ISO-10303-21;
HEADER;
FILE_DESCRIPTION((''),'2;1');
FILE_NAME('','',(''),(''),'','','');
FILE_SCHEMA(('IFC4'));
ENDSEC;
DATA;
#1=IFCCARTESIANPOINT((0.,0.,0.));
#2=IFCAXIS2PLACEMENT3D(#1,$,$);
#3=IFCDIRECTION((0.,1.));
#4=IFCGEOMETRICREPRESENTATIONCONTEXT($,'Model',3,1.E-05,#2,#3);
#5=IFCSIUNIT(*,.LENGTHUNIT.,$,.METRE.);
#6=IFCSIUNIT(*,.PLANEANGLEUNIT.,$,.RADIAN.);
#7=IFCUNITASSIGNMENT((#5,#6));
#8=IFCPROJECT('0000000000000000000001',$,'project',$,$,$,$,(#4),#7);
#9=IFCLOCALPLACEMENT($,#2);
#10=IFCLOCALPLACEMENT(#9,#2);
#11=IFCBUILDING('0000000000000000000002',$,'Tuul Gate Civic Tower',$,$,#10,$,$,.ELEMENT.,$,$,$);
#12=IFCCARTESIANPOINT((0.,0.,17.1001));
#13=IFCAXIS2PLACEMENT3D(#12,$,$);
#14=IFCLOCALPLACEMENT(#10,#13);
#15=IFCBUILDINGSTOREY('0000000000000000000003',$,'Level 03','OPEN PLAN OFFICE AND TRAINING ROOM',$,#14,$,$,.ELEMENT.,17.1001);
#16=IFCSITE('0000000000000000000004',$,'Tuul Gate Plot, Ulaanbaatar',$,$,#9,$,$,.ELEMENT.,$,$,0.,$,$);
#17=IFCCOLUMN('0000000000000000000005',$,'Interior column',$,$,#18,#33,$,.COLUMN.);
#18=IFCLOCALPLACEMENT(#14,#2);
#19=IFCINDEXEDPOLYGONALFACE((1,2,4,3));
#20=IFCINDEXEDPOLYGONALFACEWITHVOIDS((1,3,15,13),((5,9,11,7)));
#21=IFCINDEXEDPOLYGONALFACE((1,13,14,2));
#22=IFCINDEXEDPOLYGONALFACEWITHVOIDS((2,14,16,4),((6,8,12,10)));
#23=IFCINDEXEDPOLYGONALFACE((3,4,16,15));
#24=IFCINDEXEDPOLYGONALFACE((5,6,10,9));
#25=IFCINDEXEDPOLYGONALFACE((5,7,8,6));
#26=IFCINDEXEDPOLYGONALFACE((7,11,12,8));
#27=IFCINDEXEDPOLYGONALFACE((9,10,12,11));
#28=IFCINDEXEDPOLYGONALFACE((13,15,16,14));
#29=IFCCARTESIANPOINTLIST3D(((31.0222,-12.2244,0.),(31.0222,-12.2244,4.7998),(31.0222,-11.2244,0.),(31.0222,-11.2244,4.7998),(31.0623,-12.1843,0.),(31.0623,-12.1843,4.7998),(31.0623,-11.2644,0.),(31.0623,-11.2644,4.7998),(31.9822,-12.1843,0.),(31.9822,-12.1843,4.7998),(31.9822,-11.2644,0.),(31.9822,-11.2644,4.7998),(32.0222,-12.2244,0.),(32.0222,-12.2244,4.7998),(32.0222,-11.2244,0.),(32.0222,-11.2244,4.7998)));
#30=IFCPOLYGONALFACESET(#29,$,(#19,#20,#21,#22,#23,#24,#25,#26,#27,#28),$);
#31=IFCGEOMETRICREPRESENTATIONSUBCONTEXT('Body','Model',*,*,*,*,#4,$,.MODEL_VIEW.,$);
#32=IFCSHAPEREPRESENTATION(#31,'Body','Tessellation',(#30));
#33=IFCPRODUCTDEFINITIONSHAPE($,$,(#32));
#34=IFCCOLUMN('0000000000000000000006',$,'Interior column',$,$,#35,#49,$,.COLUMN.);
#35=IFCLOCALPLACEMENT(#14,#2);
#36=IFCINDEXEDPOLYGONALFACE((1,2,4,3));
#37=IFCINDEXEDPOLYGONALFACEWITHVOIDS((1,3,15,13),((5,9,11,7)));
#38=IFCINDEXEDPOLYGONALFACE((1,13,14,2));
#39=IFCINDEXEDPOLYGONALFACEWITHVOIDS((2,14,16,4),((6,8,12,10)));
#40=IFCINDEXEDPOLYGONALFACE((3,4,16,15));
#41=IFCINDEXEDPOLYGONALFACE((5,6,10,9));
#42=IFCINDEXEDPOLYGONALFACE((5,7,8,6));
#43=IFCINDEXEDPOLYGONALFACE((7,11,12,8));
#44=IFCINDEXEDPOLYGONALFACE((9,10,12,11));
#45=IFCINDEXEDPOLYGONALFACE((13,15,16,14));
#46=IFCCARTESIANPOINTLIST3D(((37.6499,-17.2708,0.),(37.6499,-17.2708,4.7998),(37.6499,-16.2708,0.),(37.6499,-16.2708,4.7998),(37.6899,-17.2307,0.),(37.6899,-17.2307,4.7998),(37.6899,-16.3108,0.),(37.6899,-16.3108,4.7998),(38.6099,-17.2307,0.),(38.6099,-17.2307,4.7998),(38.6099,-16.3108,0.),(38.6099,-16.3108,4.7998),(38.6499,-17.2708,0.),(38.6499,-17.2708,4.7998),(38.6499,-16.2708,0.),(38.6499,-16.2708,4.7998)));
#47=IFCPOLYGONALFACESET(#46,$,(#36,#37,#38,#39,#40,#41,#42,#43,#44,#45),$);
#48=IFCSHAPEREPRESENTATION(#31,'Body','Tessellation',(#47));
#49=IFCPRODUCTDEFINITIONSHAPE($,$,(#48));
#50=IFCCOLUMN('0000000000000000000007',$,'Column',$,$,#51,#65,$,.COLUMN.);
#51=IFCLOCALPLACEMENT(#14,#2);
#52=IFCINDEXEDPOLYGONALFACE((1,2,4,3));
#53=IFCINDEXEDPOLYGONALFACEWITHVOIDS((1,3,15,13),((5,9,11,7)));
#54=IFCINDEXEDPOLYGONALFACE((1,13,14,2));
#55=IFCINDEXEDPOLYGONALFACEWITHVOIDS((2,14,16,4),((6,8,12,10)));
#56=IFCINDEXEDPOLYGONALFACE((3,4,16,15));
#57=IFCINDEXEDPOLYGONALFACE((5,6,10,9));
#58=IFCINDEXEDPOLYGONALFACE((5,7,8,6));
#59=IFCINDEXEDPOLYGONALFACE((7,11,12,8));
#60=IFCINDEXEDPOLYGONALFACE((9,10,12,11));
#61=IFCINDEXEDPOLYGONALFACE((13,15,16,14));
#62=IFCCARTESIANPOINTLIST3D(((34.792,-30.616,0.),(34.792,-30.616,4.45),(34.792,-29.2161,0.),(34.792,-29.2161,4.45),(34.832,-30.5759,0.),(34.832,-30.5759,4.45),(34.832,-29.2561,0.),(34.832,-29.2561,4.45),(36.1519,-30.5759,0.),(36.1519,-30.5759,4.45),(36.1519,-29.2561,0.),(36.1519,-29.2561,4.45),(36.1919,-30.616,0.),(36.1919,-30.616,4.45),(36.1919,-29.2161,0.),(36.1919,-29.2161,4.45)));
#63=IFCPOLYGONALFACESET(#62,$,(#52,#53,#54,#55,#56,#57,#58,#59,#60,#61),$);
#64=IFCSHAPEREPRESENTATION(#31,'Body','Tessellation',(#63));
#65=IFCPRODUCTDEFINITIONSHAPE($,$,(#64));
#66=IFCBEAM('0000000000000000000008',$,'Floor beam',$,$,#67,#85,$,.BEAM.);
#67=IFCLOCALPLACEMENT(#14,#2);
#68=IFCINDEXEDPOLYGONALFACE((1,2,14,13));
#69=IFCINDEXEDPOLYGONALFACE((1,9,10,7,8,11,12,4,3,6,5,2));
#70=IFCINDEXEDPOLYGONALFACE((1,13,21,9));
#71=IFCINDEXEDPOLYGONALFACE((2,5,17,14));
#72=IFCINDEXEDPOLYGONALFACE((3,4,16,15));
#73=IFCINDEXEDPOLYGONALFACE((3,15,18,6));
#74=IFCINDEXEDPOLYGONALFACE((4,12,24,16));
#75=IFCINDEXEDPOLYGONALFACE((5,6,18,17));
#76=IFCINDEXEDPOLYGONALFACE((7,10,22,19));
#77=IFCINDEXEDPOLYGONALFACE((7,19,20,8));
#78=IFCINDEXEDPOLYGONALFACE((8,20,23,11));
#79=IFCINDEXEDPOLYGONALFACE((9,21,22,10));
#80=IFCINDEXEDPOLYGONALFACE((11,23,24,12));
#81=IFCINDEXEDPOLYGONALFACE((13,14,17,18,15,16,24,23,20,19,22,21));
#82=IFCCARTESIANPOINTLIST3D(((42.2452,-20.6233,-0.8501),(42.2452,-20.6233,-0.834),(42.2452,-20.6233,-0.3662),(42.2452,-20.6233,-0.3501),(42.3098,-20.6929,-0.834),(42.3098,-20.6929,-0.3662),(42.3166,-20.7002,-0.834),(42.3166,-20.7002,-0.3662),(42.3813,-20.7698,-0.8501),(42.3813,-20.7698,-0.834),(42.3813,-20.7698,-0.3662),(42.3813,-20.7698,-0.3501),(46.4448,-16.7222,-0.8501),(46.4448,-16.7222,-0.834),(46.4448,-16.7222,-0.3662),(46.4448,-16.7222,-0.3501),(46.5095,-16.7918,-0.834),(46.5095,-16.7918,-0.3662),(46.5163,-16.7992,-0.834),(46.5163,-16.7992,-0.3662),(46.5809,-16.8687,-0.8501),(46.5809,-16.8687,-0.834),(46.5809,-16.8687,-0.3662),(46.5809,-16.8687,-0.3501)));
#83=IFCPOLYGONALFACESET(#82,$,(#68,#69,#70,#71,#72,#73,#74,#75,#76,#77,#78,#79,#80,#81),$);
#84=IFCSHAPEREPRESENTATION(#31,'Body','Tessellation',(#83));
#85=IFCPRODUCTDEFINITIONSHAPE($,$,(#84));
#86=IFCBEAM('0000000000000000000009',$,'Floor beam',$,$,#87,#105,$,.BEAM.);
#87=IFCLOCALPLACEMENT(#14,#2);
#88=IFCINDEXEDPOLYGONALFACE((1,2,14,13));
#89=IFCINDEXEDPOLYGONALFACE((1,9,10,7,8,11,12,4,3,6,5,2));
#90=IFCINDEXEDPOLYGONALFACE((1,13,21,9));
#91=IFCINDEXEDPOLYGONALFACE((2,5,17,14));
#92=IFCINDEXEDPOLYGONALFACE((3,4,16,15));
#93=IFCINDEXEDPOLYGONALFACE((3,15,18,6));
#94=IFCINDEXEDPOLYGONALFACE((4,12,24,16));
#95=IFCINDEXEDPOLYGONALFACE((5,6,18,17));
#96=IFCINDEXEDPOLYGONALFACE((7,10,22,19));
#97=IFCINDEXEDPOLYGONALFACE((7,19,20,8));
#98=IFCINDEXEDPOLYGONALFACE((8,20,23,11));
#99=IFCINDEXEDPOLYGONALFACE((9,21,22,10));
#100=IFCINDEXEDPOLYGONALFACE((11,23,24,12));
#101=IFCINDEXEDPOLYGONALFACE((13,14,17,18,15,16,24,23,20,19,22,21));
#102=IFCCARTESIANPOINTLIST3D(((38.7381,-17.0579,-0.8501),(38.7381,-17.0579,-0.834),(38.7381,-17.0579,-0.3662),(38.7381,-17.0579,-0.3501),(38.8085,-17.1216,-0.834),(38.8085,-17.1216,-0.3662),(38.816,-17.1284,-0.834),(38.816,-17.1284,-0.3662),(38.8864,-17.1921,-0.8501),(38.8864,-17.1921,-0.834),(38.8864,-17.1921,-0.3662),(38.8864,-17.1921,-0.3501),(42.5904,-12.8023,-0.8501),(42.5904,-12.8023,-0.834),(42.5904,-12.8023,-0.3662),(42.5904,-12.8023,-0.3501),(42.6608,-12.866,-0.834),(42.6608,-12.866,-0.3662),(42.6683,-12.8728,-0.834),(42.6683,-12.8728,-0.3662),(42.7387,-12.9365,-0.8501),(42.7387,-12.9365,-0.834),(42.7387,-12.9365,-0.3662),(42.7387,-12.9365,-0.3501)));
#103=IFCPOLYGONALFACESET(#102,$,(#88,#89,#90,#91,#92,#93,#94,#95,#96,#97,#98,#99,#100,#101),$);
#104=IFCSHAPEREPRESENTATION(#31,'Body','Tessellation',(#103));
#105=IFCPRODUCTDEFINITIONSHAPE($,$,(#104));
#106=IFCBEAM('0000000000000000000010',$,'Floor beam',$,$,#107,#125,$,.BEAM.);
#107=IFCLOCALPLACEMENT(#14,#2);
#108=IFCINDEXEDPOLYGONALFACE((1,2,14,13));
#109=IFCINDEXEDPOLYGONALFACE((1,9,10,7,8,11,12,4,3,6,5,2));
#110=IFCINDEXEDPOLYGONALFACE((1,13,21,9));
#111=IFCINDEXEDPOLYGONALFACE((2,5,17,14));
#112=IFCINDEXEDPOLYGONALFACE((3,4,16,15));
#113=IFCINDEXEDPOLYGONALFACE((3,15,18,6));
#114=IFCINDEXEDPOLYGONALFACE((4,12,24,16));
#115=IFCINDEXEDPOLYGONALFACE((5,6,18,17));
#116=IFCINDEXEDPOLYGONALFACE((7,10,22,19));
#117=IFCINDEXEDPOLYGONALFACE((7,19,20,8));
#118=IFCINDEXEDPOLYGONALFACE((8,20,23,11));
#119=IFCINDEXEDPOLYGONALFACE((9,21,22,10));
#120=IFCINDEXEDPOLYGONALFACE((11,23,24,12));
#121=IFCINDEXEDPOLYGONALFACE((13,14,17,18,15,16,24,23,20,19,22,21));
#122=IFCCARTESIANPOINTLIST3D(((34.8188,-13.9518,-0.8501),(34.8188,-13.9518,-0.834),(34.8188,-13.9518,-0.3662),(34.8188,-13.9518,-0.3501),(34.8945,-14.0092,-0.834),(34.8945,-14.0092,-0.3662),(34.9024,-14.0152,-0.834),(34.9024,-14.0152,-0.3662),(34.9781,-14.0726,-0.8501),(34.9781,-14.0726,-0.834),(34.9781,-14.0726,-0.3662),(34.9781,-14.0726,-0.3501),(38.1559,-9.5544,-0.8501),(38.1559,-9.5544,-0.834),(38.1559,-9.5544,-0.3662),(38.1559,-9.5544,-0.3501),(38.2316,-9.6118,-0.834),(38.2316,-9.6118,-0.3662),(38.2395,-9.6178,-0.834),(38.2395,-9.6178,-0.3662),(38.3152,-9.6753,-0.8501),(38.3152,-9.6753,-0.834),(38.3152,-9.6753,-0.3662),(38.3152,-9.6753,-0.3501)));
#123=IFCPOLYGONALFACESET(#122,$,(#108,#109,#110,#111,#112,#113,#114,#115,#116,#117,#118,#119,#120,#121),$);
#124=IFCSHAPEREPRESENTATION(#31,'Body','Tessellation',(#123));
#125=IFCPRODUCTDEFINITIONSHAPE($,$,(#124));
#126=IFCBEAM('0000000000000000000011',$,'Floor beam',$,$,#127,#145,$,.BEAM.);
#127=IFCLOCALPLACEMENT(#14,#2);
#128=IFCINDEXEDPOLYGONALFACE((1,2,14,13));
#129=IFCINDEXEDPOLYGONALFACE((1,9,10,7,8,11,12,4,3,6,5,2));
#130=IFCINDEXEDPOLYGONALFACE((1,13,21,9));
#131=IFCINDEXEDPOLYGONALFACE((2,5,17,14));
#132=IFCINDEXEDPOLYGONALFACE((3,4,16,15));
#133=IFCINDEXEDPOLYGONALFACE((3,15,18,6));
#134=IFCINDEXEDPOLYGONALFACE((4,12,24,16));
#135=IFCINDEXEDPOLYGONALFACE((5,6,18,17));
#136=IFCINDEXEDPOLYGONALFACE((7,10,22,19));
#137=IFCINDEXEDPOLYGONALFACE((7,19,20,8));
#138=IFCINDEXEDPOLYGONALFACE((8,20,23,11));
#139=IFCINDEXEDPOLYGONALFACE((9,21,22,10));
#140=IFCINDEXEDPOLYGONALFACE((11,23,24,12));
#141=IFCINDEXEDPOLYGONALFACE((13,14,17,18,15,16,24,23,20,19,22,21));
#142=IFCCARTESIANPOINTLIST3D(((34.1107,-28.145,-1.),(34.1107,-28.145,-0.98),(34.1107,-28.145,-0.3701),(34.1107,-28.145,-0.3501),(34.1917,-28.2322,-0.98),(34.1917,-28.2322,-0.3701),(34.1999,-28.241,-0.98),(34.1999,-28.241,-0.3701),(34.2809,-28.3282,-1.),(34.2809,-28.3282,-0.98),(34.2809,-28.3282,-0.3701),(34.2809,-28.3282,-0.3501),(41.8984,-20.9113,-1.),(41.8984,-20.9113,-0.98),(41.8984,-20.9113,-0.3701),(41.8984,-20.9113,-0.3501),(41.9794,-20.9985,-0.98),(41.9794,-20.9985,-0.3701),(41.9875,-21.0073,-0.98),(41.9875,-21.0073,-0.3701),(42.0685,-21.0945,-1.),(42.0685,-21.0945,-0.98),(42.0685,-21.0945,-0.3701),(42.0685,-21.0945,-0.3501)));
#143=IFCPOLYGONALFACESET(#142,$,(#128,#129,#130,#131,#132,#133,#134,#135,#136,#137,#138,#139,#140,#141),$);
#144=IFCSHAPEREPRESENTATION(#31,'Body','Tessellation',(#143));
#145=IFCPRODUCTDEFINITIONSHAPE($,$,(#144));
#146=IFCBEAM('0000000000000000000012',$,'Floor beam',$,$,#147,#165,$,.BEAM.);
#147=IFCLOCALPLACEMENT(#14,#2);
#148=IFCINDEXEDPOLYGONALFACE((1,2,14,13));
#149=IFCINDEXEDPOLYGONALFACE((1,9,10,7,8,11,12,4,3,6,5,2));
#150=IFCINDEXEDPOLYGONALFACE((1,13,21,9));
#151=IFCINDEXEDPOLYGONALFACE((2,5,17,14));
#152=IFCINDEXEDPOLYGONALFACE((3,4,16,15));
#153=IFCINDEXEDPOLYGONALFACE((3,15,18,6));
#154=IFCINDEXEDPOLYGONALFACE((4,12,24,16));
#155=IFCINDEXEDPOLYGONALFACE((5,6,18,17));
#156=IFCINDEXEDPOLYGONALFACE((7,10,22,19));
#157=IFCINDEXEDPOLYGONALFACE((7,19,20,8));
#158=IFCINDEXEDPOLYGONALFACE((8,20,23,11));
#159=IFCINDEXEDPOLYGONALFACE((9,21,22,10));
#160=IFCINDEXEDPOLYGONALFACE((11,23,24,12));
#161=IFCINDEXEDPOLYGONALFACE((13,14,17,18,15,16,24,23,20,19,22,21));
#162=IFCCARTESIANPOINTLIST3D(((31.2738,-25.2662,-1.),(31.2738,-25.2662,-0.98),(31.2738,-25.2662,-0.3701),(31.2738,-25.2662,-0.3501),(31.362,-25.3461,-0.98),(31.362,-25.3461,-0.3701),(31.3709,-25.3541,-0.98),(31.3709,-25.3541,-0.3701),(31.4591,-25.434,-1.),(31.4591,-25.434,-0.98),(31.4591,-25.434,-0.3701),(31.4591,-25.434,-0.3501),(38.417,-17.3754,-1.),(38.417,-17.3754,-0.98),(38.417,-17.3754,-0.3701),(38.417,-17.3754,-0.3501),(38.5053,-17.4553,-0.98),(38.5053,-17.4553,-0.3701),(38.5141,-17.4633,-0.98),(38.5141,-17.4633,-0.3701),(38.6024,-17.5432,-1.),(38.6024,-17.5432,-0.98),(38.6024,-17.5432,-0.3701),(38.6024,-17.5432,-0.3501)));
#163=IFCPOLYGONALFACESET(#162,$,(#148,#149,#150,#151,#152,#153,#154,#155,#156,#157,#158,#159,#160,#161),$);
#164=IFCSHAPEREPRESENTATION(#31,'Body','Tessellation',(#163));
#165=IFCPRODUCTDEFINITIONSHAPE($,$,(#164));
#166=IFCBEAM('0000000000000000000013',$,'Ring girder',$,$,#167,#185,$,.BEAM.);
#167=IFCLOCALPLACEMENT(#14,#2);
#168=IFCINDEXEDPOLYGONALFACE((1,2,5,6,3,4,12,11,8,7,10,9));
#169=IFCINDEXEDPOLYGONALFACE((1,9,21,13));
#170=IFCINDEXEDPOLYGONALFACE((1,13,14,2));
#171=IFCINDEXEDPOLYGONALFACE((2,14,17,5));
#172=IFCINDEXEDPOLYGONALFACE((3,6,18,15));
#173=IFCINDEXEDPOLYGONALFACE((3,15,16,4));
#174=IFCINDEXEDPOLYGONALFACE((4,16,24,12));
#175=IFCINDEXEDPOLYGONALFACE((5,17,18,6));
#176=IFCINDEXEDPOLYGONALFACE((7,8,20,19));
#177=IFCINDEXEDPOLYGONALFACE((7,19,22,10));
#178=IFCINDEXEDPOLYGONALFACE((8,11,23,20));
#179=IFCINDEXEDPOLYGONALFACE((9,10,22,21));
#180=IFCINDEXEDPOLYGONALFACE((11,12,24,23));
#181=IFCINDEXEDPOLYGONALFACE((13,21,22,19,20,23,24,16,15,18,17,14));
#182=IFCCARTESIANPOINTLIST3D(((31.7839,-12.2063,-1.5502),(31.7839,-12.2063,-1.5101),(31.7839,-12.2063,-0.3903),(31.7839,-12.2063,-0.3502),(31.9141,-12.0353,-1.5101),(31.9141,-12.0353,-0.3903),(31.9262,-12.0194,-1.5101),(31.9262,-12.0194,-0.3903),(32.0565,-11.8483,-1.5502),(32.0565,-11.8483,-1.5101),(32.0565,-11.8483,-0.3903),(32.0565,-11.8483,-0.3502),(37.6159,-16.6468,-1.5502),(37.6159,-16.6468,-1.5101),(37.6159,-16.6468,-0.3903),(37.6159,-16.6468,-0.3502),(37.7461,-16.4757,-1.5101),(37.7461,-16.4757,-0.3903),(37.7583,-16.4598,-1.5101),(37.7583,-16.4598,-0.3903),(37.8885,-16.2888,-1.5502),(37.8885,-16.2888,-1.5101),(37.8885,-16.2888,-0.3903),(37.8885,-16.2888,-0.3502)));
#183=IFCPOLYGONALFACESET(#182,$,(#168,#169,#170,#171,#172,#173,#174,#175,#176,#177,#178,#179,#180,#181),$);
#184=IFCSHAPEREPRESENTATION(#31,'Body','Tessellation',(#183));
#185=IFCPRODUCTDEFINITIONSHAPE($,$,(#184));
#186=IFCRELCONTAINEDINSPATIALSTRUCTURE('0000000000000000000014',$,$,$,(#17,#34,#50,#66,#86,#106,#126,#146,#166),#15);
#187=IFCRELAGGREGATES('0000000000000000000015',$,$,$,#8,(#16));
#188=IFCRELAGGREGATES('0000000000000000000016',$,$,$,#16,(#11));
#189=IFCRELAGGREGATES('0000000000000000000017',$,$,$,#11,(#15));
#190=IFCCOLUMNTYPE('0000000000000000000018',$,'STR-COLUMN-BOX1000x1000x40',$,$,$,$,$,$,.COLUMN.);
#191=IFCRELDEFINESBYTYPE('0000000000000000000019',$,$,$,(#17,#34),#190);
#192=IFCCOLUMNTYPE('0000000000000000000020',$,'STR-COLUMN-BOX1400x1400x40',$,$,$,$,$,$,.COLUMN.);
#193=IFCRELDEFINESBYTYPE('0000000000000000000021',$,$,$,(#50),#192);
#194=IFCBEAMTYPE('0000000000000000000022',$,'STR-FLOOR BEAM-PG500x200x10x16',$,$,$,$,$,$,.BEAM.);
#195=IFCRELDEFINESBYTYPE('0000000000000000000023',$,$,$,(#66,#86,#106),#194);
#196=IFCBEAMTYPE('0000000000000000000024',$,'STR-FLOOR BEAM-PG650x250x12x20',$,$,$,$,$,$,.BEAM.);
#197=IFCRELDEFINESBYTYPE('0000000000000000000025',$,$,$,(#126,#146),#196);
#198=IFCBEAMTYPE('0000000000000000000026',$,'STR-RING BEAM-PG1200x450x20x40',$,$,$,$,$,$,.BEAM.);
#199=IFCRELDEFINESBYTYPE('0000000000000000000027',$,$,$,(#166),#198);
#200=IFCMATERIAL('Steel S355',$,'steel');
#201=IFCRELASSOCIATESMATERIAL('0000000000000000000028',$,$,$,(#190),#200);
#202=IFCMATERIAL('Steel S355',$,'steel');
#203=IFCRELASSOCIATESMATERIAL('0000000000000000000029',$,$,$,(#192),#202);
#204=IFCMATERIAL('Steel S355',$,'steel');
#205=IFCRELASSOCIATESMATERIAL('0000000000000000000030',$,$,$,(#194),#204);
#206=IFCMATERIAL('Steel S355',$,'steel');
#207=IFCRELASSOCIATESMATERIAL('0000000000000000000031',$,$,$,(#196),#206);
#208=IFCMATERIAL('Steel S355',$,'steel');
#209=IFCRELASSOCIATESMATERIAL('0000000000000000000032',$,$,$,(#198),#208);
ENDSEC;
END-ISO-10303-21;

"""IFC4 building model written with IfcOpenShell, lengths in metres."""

from ifc_helpers import new_model, si_unit, direction, frame, origin, origin_2d, place, context, subcontext, project, spatial, hollow_rectangle, i_section, extrude, material, material_profile, profile_set, type_object, element, save


model = new_model("IFC4")

# Units and contexts
model_context = context("Model", 3, precision=1e-05, world=origin(), true_north=direction((0.0, 1.0)))
body_context = subcontext(model_context, "Body", "Model", "MODEL_VIEW")
ifc_project = project(units=[si_unit("LENGTHUNIT", "METRE"), si_unit("PLANEANGLEUNIT", "RADIAN")], contexts=[model_context])

# Site, building, storey
site_placement = place(None, origin())
site = spatial("IfcSite", under=ifc_project, at=site_placement, Name="Tuul Gate Plot, Ulaanbaatar", CompositionType="ELEMENT", RefElevation=0.0)
building_placement = place(site_placement, origin())
building = spatial("IfcBuilding", under=site, at=building_placement, Name="Tuul Gate Civic Tower", CompositionType="ELEMENT")
storey_placement = place(building_placement, frame((0.0, 0.0, 17.1001)))
storey = spatial("IfcBuildingStorey", under=building, at=storey_placement, Name="Level 03", Description="OPEN PLAN OFFICE AND TRAINING ROOM", CompositionType="ELEMENT", Elevation=17.1001)

# Columns
ifc_material_1 = material(Name="Steel S355", Category="steel")
ifc_material_profile_1 = material_profile(ifc_material_1, hollow_rectangle(XDim=1.0, YDim=1.0, WallThickness=0.04, at=origin_2d()), Name="BOX1000x1000x40")
ifc_profile_set_1 = profile_set([ifc_material_profile_1], Name="Steel S355")
column_type_1 = type_object("IfcColumnType", Name="STR-COLUMN-BOX1000x1000x40", PredefinedType="COLUMN", material=ifc_profile_set_1)
for number, where, z_axis, x_axis, name in (
    (1, (31.5222, -11.7244, 0.0), (0.0, 0.0, 1.0), (1.0, 0.0, 0.0), "Interior column"),
    (2, (38.1499, -16.7708, 0.0), (0.0, 0.0, 1.0), (1.0, 0.0, 0.0), "Interior column"),
):
    element("IfcColumn", number, at=place(storey_placement, frame(where, z_axis=z_axis, x_axis=x_axis)), inside=storey, type_object=column_type_1, Name=name, PredefinedType="COLUMN", context=body_context, shape_type="SweptSolid", body=[
        extrude(hollow_rectangle(XDim=1.0, YDim=1.0, WallThickness=0.04, at=origin_2d()), origin(), (0.0, 0.0, 1.0), 4.7998),
    ])
ifc_material_2 = material(Name="Steel S355", Category="steel")
ifc_material_profile_2 = material_profile(ifc_material_2, hollow_rectangle(XDim=1.3999, YDim=1.3999, WallThickness=0.04, at=origin_2d()), Name="BOX1400x1400x40")
ifc_profile_set_2 = profile_set([ifc_material_profile_2], Name="Steel S355")
column_type_2 = type_object("IfcColumnType", Name="STR-COLUMN-BOX1400x1400x40", PredefinedType="COLUMN", material=ifc_profile_set_2)
column_placement = place(storey_placement, frame((35.4919, -29.916, 0.0), z_axis=(0.0, 0.0, 1.0), x_axis=(1.0, 0.0, 0.0)))
element("IfcColumn", 3, at=column_placement, inside=storey, type_object=column_type_2, Name="Column", PredefinedType="COLUMN", context=body_context, shape_type="SweptSolid", body=[
    extrude(hollow_rectangle(XDim=1.3999, YDim=1.3999, WallThickness=0.04, at=origin_2d()), origin(), (0.0, 0.0, 1.0), 4.45),
])

# Beams
ifc_material_3 = material(Name="Steel S355", Category="steel")
ifc_material_profile_3 = material_profile(ifc_material_3, i_section(OverallWidth=0.2, OverallDepth=0.5, WebThickness=0.01, FlangeThickness=0.0161, at=origin_2d()), Name="PG500x200x10x16")
ifc_profile_set_3 = profile_set([ifc_material_profile_3], Name="Steel S355")
beam_type_1 = type_object("IfcBeamType", Name="STR-FLOOR BEAM-PG500x200x10x16", PredefinedType="BEAM", material=ifc_profile_set_3)
beam_1_placement = place(storey_placement, frame((42.3132, -20.6965, -0.6001), z_axis=(0.732672, 0.680582, 0.0), x_axis=(-0.680582, 0.732672, 0.0)))
element("IfcBeam", 4, at=beam_1_placement, inside=storey, type_object=beam_type_1, Name="Floor beam", PredefinedType="BEAM", context=body_context, shape_type="SweptSolid", body=[
    extrude(i_section(OverallWidth=0.2, OverallDepth=0.5, WebThickness=0.01, FlangeThickness=0.0161, at=origin_2d()), origin(), (0.0, 0.0, 1.0), 5.7319),
])
beam_2_placement = place(storey_placement, frame((38.8123, -17.125, -0.6001), z_axis=(0.671103, 0.741364, 0.0), x_axis=(-0.741364, 0.671103, 0.0)))
element("IfcBeam", 5, at=beam_2_placement, inside=storey, type_object=beam_type_1, Name="Floor beam", PredefinedType="BEAM", context=body_context, shape_type="SweptSolid", body=[
    extrude(i_section(OverallWidth=0.2, OverallDepth=0.5, WebThickness=0.01, FlangeThickness=0.0161, at=origin_2d()), origin(), (0.0, 0.0, 1.0), 5.7402),
])
beam_3_placement = place(storey_placement, frame((34.8984, -14.0122, -0.6001), z_axis=(0.604519, 0.796591, 0.0), x_axis=(-0.796591, 0.604519, 0.0)))
element("IfcBeam", 6, at=beam_3_placement, inside=storey, type_object=beam_type_1, Name="Floor beam", PredefinedType="BEAM", context=body_context, shape_type="SweptSolid", body=[
    extrude(i_section(OverallWidth=0.2, OverallDepth=0.5, WebThickness=0.01, FlangeThickness=0.0161, at=origin_2d()), origin(), (0.0, 0.0, 1.0), 5.5203),
])
ifc_material_4 = material(Name="Steel S355", Category="steel")
ifc_material_profile_4 = material_profile(ifc_material_4, i_section(OverallWidth=0.25, OverallDepth=0.6499, WebThickness=0.012, FlangeThickness=0.02, at=origin_2d()), Name="PG650x250x12x20")
ifc_profile_set_4 = profile_set([ifc_material_profile_4], Name="Steel S355")
beam_type_2 = type_object("IfcBeamType", Name="STR-FLOOR BEAM-PG650x250x12x20", PredefinedType="BEAM", material=ifc_profile_set_4)
beam_4_placement = place(storey_placement, frame((34.1958, -28.2366, -0.675), z_axis=(0.732685, 0.680567, 0.0), x_axis=(-0.680567, 0.732685, 0.0)))
element("IfcBeam", 7, at=beam_4_placement, inside=storey, type_object=beam_type_2, Name="Floor beam", PredefinedType="BEAM", context=body_context, shape_type="SweptSolid", body=[
    extrude(i_section(OverallWidth=0.25, OverallDepth=0.6499, WebThickness=0.012, FlangeThickness=0.02, at=origin_2d()), origin(), (0.0, 0.0, 1.0), 10.6289),
])
beam_5_placement = place(storey_placement, frame((31.3665, -25.3501, -0.675), z_axis=(0.671118, 0.741351, 0.0), x_axis=(-0.741351, 0.671118, 0.0)))
element("IfcBeam", 8, at=beam_5_placement, inside=storey, type_object=beam_type_2, Name="Floor beam", PredefinedType="BEAM", context=body_context, shape_type="SweptSolid", body=[
    extrude(i_section(OverallWidth=0.25, OverallDepth=0.6499, WebThickness=0.012, FlangeThickness=0.02, at=origin_2d()), origin(), (0.0, 0.0, 1.0), 10.6438),
])
ifc_material_5 = material(Name="Steel S355", Category="steel")
ifc_material_profile_5 = material_profile(ifc_material_5, i_section(OverallWidth=0.45, OverallDepth=1.2, WebThickness=0.02, FlangeThickness=0.04, at=origin_2d()), Name="PG1200x450x20x40")
ifc_profile_set_5 = profile_set([ifc_material_profile_5], Name="Steel S355")
beam_type_3 = type_object("IfcBeamType", Name="STR-RING BEAM-PG1200x450x20x40", PredefinedType="BEAM", material=ifc_profile_set_5)
beam_6_placement = place(storey_placement, frame((31.9202, -12.0273, -0.9502), z_axis=(0.79563, -0.605782, 0.0), x_axis=(0.605782, 0.79563, 0.0)))
element("IfcBeam", 9, at=beam_6_placement, inside=storey, type_object=beam_type_3, Name="Ring girder", PredefinedType="BEAM", context=body_context, shape_type="SweptSolid", body=[
    extrude(i_section(OverallWidth=0.45, OverallDepth=1.2, WebThickness=0.02, FlangeThickness=0.04, at=origin_2d()), origin(), (0.0, 0.0, 1.0), 7.3301),
])

save(model, "model.ifc")
